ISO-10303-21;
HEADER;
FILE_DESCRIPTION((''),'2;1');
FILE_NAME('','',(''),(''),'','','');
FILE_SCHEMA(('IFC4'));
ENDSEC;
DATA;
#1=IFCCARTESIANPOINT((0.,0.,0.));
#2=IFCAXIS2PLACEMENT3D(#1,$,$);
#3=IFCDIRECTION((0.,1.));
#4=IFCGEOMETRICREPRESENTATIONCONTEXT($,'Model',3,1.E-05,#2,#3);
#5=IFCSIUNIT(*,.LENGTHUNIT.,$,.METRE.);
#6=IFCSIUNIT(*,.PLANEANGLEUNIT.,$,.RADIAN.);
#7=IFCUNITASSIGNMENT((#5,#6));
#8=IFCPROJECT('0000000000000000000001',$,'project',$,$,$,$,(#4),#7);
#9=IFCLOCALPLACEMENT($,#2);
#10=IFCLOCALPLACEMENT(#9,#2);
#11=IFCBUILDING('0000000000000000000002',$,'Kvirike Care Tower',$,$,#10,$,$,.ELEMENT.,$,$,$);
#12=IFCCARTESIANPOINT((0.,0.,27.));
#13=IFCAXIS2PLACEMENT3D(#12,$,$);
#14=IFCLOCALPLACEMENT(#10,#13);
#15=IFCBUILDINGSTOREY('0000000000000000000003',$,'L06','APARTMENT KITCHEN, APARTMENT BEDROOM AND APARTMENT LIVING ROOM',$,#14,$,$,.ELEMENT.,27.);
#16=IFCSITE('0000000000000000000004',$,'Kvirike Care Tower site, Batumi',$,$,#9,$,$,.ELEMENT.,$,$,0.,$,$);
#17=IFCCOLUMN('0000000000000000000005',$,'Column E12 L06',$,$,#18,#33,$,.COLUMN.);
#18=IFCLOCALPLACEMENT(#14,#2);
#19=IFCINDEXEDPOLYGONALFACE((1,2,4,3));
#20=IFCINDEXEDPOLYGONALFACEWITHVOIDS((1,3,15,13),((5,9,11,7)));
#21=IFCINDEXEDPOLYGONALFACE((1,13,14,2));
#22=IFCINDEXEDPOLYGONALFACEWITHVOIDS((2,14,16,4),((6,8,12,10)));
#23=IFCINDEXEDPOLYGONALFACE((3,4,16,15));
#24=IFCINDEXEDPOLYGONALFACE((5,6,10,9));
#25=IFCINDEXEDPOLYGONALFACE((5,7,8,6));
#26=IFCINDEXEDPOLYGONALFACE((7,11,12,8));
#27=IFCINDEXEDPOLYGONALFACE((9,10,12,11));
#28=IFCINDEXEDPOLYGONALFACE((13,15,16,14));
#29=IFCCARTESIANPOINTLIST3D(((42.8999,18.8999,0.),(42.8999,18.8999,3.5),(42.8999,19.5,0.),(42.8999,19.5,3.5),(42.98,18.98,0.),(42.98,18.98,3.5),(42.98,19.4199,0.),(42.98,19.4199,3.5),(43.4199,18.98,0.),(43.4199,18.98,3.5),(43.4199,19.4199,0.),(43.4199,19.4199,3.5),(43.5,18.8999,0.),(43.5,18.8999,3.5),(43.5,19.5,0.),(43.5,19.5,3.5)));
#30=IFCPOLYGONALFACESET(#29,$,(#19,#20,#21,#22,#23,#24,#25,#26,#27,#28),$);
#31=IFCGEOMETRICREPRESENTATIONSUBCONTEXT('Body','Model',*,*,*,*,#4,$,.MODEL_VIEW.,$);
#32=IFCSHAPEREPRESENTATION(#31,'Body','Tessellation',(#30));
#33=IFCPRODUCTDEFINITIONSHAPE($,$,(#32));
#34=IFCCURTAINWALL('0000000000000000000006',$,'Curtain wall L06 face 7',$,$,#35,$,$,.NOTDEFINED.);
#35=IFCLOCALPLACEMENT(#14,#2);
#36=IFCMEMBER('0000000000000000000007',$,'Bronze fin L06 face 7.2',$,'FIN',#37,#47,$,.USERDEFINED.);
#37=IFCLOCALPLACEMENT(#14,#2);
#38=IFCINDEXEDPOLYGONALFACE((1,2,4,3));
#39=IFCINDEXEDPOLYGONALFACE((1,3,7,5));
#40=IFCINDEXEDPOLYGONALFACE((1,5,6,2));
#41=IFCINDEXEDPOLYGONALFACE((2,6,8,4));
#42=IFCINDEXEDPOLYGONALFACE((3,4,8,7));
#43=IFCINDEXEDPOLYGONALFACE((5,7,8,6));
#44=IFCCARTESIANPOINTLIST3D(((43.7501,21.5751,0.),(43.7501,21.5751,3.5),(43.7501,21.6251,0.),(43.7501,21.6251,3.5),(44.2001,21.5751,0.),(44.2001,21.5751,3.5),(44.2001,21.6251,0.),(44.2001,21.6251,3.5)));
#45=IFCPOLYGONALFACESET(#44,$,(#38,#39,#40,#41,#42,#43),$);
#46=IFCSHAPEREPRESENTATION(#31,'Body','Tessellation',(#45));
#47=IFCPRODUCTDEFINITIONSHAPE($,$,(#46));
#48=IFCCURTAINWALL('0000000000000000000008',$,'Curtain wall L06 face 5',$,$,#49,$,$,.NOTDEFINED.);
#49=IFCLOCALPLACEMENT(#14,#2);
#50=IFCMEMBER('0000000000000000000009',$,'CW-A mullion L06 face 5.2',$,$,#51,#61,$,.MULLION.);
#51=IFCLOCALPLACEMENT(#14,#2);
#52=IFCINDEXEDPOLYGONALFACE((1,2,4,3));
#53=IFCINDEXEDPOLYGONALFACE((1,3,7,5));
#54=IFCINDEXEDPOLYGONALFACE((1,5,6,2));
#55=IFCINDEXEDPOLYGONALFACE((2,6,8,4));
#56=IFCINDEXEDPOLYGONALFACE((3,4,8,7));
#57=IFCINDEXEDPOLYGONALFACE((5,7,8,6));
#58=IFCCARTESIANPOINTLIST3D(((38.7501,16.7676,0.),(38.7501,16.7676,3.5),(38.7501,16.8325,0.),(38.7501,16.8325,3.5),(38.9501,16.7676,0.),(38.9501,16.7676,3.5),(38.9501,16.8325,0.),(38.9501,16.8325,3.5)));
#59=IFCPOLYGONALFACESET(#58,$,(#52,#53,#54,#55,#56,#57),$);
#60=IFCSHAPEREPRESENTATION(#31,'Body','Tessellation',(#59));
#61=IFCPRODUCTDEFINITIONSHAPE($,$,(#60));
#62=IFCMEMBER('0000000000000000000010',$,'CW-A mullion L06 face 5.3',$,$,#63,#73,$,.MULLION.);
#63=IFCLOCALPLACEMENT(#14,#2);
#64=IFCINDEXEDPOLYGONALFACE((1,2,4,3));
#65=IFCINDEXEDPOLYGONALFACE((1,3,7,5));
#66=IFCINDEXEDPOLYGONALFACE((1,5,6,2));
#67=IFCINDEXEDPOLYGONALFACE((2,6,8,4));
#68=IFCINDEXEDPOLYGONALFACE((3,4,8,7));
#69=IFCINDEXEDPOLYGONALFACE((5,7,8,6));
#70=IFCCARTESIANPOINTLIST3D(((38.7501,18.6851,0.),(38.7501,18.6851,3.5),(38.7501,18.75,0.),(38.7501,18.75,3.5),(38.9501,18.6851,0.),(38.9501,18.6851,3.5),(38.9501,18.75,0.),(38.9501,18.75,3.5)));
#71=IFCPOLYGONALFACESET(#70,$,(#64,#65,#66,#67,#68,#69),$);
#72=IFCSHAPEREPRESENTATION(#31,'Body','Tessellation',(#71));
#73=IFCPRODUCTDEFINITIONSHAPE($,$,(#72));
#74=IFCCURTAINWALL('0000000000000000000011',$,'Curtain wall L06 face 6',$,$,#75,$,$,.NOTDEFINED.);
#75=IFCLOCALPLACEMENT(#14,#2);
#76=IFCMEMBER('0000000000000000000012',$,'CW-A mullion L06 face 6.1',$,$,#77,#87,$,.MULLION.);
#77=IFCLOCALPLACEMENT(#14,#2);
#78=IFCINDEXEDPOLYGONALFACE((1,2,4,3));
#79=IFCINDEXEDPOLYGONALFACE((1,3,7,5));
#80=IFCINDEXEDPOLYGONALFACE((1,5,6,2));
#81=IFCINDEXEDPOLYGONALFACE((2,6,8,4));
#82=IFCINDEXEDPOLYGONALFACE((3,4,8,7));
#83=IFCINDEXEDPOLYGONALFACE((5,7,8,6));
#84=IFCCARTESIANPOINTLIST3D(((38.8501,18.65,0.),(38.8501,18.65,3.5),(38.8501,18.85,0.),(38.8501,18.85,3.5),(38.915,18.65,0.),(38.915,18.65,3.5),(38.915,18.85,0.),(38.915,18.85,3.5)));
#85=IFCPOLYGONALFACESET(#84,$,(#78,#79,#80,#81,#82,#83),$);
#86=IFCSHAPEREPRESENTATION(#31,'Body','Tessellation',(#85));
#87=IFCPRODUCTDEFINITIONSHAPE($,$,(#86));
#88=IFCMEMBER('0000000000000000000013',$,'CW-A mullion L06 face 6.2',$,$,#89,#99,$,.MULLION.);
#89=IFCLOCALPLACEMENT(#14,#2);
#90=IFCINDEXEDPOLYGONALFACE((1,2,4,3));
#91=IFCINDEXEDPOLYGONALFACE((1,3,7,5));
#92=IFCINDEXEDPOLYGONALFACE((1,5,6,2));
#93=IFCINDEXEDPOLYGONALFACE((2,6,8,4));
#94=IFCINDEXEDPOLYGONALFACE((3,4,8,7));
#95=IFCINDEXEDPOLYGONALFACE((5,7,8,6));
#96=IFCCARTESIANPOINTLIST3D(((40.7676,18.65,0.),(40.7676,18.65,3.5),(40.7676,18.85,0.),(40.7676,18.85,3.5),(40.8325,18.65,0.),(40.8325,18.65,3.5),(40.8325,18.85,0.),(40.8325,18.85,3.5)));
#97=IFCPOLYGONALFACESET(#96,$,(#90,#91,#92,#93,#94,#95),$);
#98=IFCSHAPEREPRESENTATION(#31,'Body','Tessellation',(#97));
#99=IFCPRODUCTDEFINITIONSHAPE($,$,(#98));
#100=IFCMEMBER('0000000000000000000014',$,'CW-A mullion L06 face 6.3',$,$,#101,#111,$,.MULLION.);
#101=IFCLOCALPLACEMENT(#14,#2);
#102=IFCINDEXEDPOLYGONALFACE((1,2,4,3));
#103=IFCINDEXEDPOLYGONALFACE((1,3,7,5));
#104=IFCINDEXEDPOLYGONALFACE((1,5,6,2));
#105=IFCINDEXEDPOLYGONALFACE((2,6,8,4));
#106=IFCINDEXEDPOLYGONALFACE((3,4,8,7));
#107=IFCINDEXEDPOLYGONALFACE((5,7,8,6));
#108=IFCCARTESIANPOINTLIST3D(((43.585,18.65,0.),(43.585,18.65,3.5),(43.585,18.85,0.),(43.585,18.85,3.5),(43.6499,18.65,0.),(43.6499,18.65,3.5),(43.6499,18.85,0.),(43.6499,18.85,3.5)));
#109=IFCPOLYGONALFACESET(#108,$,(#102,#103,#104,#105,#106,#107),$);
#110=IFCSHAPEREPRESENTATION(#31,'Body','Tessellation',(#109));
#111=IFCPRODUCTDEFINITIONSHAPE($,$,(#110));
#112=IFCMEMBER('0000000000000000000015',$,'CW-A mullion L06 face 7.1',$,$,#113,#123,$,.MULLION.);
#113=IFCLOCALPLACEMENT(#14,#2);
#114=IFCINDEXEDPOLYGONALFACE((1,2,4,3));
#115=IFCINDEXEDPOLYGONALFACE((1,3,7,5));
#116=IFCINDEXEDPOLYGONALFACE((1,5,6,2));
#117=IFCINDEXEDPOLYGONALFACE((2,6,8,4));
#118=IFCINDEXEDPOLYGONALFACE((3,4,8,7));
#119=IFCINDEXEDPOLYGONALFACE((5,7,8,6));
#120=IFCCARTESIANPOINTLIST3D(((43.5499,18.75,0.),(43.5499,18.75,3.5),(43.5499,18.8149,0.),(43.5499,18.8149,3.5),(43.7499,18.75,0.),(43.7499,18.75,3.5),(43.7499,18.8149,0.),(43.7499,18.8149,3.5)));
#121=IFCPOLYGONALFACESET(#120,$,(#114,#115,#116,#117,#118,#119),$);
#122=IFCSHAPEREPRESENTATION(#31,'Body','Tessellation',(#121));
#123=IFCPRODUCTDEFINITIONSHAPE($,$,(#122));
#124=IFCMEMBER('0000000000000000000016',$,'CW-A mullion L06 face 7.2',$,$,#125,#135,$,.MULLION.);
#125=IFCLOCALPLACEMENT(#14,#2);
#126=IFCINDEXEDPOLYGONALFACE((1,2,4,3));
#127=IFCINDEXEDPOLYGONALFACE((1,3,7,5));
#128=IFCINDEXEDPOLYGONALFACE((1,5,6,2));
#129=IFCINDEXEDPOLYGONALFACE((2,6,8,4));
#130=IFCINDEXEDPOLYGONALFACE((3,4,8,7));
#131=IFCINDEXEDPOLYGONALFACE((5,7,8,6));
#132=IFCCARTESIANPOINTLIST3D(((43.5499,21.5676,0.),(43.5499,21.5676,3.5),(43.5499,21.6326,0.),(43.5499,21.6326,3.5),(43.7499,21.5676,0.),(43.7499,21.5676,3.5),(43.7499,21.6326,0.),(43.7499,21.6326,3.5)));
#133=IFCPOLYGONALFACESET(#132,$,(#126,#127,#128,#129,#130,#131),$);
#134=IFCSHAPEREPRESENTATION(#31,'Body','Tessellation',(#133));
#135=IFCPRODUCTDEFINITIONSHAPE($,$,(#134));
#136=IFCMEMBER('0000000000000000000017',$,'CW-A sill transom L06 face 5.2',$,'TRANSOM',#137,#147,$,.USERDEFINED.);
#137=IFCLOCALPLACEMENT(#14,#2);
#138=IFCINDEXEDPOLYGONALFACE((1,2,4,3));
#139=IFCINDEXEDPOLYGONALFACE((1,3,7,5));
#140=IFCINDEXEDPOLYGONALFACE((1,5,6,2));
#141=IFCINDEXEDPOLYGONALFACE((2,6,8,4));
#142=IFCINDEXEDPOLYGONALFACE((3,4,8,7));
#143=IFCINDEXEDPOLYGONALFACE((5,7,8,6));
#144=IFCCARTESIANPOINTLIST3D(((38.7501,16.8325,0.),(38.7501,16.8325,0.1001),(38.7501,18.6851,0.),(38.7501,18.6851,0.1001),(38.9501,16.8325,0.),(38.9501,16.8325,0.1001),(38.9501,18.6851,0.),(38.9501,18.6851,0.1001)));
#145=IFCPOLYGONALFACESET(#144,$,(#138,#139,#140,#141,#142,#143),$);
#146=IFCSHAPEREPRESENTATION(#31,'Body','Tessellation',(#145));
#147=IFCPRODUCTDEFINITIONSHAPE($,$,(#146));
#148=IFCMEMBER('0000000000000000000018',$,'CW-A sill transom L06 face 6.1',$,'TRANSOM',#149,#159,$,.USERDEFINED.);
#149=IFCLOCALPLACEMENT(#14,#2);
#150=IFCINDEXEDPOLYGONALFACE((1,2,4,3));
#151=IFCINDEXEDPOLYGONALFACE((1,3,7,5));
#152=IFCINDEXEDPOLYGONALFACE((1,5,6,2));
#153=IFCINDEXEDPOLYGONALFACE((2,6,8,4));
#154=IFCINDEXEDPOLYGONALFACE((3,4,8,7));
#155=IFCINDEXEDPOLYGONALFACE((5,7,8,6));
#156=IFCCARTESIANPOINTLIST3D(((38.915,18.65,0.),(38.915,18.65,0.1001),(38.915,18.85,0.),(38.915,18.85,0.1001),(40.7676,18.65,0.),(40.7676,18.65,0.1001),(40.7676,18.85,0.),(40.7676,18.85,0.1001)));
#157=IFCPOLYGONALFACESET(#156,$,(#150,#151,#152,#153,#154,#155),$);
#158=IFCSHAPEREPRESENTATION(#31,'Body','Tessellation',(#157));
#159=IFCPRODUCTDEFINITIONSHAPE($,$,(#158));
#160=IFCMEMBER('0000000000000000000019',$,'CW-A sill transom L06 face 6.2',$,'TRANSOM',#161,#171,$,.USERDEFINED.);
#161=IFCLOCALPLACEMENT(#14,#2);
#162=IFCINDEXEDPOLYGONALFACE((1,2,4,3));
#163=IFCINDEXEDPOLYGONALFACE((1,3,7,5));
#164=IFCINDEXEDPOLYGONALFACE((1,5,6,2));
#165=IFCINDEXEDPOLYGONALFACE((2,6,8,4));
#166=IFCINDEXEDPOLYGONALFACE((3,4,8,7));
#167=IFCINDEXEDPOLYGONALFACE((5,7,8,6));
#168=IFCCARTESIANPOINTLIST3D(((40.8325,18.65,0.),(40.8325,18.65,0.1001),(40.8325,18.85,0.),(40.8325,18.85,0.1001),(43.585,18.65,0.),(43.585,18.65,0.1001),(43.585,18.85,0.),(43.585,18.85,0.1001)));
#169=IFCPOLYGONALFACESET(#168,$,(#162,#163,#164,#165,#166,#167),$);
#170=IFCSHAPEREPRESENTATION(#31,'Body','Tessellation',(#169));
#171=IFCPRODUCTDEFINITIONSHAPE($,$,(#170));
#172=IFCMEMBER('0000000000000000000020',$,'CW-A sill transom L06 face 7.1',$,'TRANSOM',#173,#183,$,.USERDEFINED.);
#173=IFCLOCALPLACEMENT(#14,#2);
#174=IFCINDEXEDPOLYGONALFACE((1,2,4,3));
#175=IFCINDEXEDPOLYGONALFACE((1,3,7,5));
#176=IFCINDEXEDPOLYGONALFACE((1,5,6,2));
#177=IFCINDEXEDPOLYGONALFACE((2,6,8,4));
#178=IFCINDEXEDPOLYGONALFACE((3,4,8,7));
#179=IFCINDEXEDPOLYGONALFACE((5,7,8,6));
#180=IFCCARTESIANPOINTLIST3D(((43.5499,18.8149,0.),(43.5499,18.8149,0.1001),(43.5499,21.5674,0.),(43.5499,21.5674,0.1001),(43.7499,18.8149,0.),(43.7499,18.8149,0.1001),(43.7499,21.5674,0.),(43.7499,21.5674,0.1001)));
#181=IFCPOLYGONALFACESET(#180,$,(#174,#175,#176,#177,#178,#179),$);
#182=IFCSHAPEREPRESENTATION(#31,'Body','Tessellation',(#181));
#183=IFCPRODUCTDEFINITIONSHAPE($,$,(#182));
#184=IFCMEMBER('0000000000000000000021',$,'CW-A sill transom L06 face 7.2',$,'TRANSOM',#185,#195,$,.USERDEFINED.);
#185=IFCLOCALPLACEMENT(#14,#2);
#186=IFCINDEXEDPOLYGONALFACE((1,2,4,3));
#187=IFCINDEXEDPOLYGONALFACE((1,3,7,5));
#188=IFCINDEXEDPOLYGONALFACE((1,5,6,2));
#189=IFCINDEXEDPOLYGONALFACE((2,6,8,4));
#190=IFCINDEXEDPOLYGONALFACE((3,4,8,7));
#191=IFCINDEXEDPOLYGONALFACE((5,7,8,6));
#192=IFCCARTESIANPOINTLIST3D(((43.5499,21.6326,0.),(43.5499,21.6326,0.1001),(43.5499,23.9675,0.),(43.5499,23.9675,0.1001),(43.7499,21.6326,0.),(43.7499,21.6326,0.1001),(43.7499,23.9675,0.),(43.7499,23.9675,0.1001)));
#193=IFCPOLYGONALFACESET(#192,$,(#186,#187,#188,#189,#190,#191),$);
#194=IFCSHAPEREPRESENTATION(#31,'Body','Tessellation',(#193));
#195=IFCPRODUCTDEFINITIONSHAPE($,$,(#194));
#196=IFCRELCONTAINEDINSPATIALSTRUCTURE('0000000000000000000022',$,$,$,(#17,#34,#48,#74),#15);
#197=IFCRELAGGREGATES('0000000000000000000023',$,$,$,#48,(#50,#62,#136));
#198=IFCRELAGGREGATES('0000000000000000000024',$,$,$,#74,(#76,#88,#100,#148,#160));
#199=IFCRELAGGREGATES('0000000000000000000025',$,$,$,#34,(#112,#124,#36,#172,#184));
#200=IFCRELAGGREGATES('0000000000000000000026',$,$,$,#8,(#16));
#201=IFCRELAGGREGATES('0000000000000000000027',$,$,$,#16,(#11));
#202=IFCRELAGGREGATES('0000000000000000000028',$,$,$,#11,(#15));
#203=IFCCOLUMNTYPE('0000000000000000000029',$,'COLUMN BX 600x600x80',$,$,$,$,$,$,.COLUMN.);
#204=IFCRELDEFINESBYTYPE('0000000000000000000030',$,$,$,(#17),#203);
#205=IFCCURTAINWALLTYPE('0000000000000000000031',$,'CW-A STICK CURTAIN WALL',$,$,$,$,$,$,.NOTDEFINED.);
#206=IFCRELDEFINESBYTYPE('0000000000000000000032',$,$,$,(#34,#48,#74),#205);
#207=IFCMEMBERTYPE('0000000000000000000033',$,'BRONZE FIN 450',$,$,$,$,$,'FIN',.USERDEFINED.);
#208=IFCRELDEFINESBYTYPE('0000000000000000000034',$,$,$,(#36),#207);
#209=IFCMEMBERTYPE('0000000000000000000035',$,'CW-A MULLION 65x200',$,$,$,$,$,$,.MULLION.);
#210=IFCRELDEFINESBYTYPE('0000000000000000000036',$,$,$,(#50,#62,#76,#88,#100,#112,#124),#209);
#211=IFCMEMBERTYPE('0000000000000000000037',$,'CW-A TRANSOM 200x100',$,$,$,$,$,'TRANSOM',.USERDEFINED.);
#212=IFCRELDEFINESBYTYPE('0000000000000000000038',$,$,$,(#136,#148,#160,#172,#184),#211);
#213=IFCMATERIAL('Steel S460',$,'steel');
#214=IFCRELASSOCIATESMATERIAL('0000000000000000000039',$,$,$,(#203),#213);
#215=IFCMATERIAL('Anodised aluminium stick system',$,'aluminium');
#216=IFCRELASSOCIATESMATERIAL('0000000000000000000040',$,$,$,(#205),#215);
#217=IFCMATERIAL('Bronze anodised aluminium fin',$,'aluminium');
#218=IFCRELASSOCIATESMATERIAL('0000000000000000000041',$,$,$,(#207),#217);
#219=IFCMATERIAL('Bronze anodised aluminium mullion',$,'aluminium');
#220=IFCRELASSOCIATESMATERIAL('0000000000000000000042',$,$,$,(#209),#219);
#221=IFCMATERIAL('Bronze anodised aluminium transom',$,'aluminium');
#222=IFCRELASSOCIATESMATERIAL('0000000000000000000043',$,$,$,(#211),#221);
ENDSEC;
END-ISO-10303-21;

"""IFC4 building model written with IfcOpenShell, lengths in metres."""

from ifc_helpers import new_model, si_unit, direction, frame, origin, origin_2d, place, context, subcontext, project, spatial, rectangle, hollow_rectangle, extrude, material, material_profile, profile_set, type_object, element, aggregate, save


model = new_model("IFC4")

# Units and contexts
model_context = context("Model", 3, precision=1e-05, world=origin(), true_north=direction((0.0, 1.0)))
body_context = subcontext(model_context, "Body", "Model", "MODEL_VIEW")
ifc_project = project(units=[si_unit("LENGTHUNIT", "METRE"), si_unit("PLANEANGLEUNIT", "RADIAN")], contexts=[model_context])

# Site, building, storey
site_placement = place(None, origin())
site = spatial("IfcSite", under=ifc_project, at=site_placement, Name="Kvirike Care Tower site, Batumi", CompositionType="ELEMENT", RefElevation=0.0)
building_placement = place(site_placement, origin())
building = spatial("IfcBuilding", under=site, at=building_placement, Name="Kvirike Care Tower", CompositionType="ELEMENT")
storey_placement = place(building_placement, frame((0.0, 0.0, 27.0)))
storey = spatial("IfcBuildingStorey", under=building, at=storey_placement, Name="L06", Description="APARTMENT KITCHEN, APARTMENT BEDROOM AND APARTMENT LIVING ROOM", CompositionType="ELEMENT", Elevation=27.0)

# Column
ifc_material_1 = material(Name="Steel S460", Category="steel")
ifc_material_profile_1 = material_profile(ifc_material_1, hollow_rectangle(XDim=0.6001, YDim=0.6001, WallThickness=0.0801, at=origin_2d()), Name="BX 600x600x80")
ifc_profile_set_1 = profile_set([ifc_material_profile_1], Name="Steel S460")
column_type = type_object("IfcColumnType", Name="COLUMN BX 600x600x80", PredefinedType="COLUMN", material=ifc_profile_set_1)
column_placement = place(storey_placement, frame((43.2, 19.2, 0.0), z_axis=(0.0, 0.0, 1.0), x_axis=(0.0, 1.0, 0.0)))
element("IfcColumn", 1, at=column_placement, inside=storey, type_object=column_type, Name="Column E12 L06", PredefinedType="COLUMN", context=body_context, shape_type="SweptSolid", body=[
    extrude(hollow_rectangle(XDim=0.6001, YDim=0.6001, WallThickness=0.0801, at=origin_2d()), origin(), (0.0, 0.0, 1.0), 3.5),
])

# Curtain wall, member
ifc_material_2 = material(Name="Anodised aluminium stick system", Category="aluminium")
curtain_wall_type = type_object("IfcCurtainWallType", Name="CW-A STICK CURTAIN WALL", PredefinedType="NOTDEFINED", material=ifc_material_2)
curtain_wall_1_placement = place(storey_placement, origin())
curtain_wall_1 = element("IfcCurtainWall", 2, at=curtain_wall_1_placement, inside=storey, type_object=curtain_wall_type, Name="Curtain wall L06 face 7", PredefinedType="NOTDEFINED")
ifc_material_3 = material(Name="Bronze anodised aluminium fin", Category="aluminium")
ifc_material_profile_2 = material_profile(ifc_material_3, rectangle(XDim=0.05, YDim=0.45, at=origin_2d()), Name="BRONZE FIN 450")
ifc_profile_set_2 = profile_set([ifc_material_profile_2], Name="Bronze anodised aluminium fin")
member_type_1 = type_object("IfcMemberType", Name="BRONZE FIN 450", ElementType="FIN", PredefinedType="USERDEFINED", material=ifc_profile_set_2)
member_1_placement = place(storey_placement, frame((43.9751, 21.6001, 0.0), z_axis=(0.0, 0.0, 1.0), x_axis=(0.0, 1.0, 0.0)))
member_1 = element("IfcMember", 3, at=member_1_placement, type_object=member_type_1, Name="Bronze fin L06 face 7.2", ObjectType="FIN", PredefinedType="USERDEFINED", context=body_context, shape_type="SweptSolid", body=[
    extrude(rectangle(XDim=0.05, YDim=0.45, at=origin_2d()), origin(), (0.0, 0.0, 1.0), 3.5),
])

# Curtain walls, members
curtain_wall_2_placement = place(storey_placement, origin())
curtain_wall_2 = element("IfcCurtainWall", 4, at=curtain_wall_2_placement, inside=storey, type_object=curtain_wall_type, Name="Curtain wall L06 face 5", PredefinedType="NOTDEFINED")
ifc_material_4 = material(Name="Bronze anodised aluminium mullion", Category="aluminium")
ifc_material_profile_3 = material_profile(ifc_material_4, rectangle(XDim=0.0649, YDim=0.2, at=origin_2d()), Name="CW-A MULLION 65x200")
ifc_profile_set_3 = profile_set([ifc_material_profile_3], Name="Bronze anodised aluminium mullion")
member_type_2 = type_object("IfcMemberType", Name="CW-A MULLION 65x200", PredefinedType="MULLION", material=ifc_profile_set_3)
member_2_placement = place(storey_placement, frame((38.8501, 16.8, 0.0), z_axis=(0.0, 0.0, 1.0), x_axis=(0.0, 1.0, 0.0)))
member_2 = element("IfcMember", 5, at=member_2_placement, type_object=member_type_2, Name="CW-A mullion L06 face 5.2", PredefinedType="MULLION", context=body_context, shape_type="SweptSolid", body=[
    extrude(rectangle(XDim=0.0649, YDim=0.2, at=origin_2d()), origin(), (0.0, 0.0, 1.0), 3.5),
])
member_3_placement = place(storey_placement, frame((38.8501, 18.7175, 0.0), z_axis=(0.0, 0.0, 1.0), x_axis=(0.0, 1.0, 0.0)))
member_3 = element("IfcMember", 6, at=member_3_placement, type_object=member_type_2, Name="CW-A mullion L06 face 5.3", PredefinedType="MULLION", context=body_context, shape_type="SweptSolid", body=[
    extrude(rectangle(XDim=0.0649, YDim=0.2, at=origin_2d()), origin(), (0.0, 0.0, 1.0), 3.5),
])
curtain_wall_3_placement = place(storey_placement, origin())
curtain_wall_3 = element("IfcCurtainWall", 7, at=curtain_wall_3_placement, inside=storey, type_object=curtain_wall_type, Name="Curtain wall L06 face 6", PredefinedType="NOTDEFINED")
member_4_placement = place(storey_placement, frame((38.8826, 18.75, 0.0), z_axis=(0.0, 0.0, 1.0), x_axis=(1.0, 0.0, 0.0)))
member_4 = element("IfcMember", 8, at=member_4_placement, type_object=member_type_2, Name="CW-A mullion L06 face 6.1", PredefinedType="MULLION", context=body_context, shape_type="SweptSolid", body=[
    extrude(rectangle(XDim=0.0649, YDim=0.2, at=origin_2d()), origin(), (0.0, 0.0, 1.0), 3.5),
])
member_5_placement = place(storey_placement, frame((40.8, 18.75, 0.0), z_axis=(0.0, 0.0, 1.0), x_axis=(1.0, 0.0, 0.0)))
member_5 = element("IfcMember", 9, at=member_5_placement, type_object=member_type_2, Name="CW-A mullion L06 face 6.2", PredefinedType="MULLION", context=body_context, shape_type="SweptSolid", body=[
    extrude(rectangle(XDim=0.0649, YDim=0.2, at=origin_2d()), origin(), (0.0, 0.0, 1.0), 3.5),
])
member_6_placement = place(storey_placement, frame((43.6174, 18.75, 0.0), z_axis=(0.0, 0.0, 1.0), x_axis=(1.0, 0.0, 0.0)))
member_6 = element("IfcMember", 10, at=member_6_placement, type_object=member_type_2, Name="CW-A mullion L06 face 6.3", PredefinedType="MULLION", context=body_context, shape_type="SweptSolid", body=[
    extrude(rectangle(XDim=0.0649, YDim=0.2, at=origin_2d()), origin(), (0.0, 0.0, 1.0), 3.5),
])

# Members
member_7_placement = place(storey_placement, frame((43.6499, 18.7825, 0.0), z_axis=(0.0, 0.0, 1.0), x_axis=(0.0, 1.0, 0.0)))
member_7 = element("IfcMember", 11, at=member_7_placement, type_object=member_type_2, Name="CW-A mullion L06 face 7.1", PredefinedType="MULLION", context=body_context, shape_type="SweptSolid", body=[
    extrude(rectangle(XDim=0.0649, YDim=0.2, at=origin_2d()), origin(), (0.0, 0.0, 1.0), 3.5),
])
member_8_placement = place(storey_placement, frame((43.6499, 21.6001, 0.0), z_axis=(0.0, 0.0, 1.0), x_axis=(0.0, 1.0, 0.0)))
member_8 = element("IfcMember", 12, at=member_8_placement, type_object=member_type_2, Name="CW-A mullion L06 face 7.2", PredefinedType="MULLION", context=body_context, shape_type="SweptSolid", body=[
    extrude(rectangle(XDim=0.0649, YDim=0.2, at=origin_2d()), origin(), (0.0, 0.0, 1.0), 3.5),
])
ifc_material_5 = material(Name="Bronze anodised aluminium transom", Category="aluminium")
ifc_material_profile_4 = material_profile(ifc_material_5, rectangle(XDim=0.2, YDim=0.1001, at=origin_2d()), Name="CW-A TRANSOM 200x100")
ifc_profile_set_4 = profile_set([ifc_material_profile_4], Name="Bronze anodised aluminium transom")
member_type_3 = type_object("IfcMemberType", Name="CW-A TRANSOM 200x100", ElementType="TRANSOM", PredefinedType="USERDEFINED", material=ifc_profile_set_4)
member_9_placement = place(storey_placement, frame((38.8501, 16.8325, 0.05), z_axis=(0.0, 1.0, 0.0), x_axis=(-1.0, 0.0, 0.0)))
member_9 = element("IfcMember", 13, at=member_9_placement, type_object=member_type_3, Name="CW-A sill transom L06 face 5.2", ObjectType="TRANSOM", PredefinedType="USERDEFINED", context=body_context, shape_type="SweptSolid", body=[
    extrude(rectangle(XDim=0.2, YDim=0.1001, at=origin_2d()), origin(), (0.0, 0.0, 1.0), 1.8525),
])
member_10_placement = place(storey_placement, frame((38.915, 18.75, 0.05), z_axis=(1.0, 0.0, 0.0), x_axis=(0.0, 1.0, 0.0)))
member_10 = element("IfcMember", 14, at=member_10_placement, type_object=member_type_3, Name="CW-A sill transom L06 face 6.1", ObjectType="TRANSOM", PredefinedType="USERDEFINED", context=body_context, shape_type="SweptSolid", body=[
    extrude(rectangle(XDim=0.2, YDim=0.1001, at=origin_2d()), origin(), (0.0, 0.0, 1.0), 1.8525),
])
member_11_placement = place(storey_placement, frame((40.8325, 18.75, 0.05), z_axis=(1.0, 0.0, 0.0), x_axis=(0.0, 1.0, 0.0)))
member_11 = element("IfcMember", 15, at=member_11_placement, type_object=member_type_3, Name="CW-A sill transom L06 face 6.2", ObjectType="TRANSOM", PredefinedType="USERDEFINED", context=body_context, shape_type="SweptSolid", body=[
    extrude(rectangle(XDim=0.2, YDim=0.1001, at=origin_2d()), origin(), (0.0, 0.0, 1.0), 2.7524),
])
member_12_placement = place(storey_placement, frame((43.6499, 18.8149, 0.05), z_axis=(0.0, 1.0, 0.0), x_axis=(-1.0, 0.0, 0.0)))
member_12 = element("IfcMember", 16, at=member_12_placement, type_object=member_type_3, Name="CW-A sill transom L06 face 7.1", ObjectType="TRANSOM", PredefinedType="USERDEFINED", context=body_context, shape_type="SweptSolid", body=[
    extrude(rectangle(XDim=0.2, YDim=0.1001, at=origin_2d()), origin(), (0.0, 0.0, 1.0), 2.7524),
])
member_13_placement = place(storey_placement, frame((43.6499, 21.6326, 0.05), z_axis=(0.0, 1.0, 0.0), x_axis=(-1.0, 0.0, 0.0)))
member_13 = element("IfcMember", 17, at=member_13_placement, type_object=member_type_3, Name="CW-A sill transom L06 face 7.2", ObjectType="TRANSOM", PredefinedType="USERDEFINED", context=body_context, shape_type="SweptSolid", body=[
    extrude(rectangle(XDim=0.2, YDim=0.1001, at=origin_2d()), origin(), (0.0, 0.0, 1.0), 2.335),
])

aggregate(curtain_wall_2, [member_2, member_3, member_9])
aggregate(curtain_wall_3, [member_4, member_5, member_6, member_10, member_11])
aggregate(curtain_wall_1, [member_7, member_8, member_1, member_12, member_13])

save(model, "model.ifc")
